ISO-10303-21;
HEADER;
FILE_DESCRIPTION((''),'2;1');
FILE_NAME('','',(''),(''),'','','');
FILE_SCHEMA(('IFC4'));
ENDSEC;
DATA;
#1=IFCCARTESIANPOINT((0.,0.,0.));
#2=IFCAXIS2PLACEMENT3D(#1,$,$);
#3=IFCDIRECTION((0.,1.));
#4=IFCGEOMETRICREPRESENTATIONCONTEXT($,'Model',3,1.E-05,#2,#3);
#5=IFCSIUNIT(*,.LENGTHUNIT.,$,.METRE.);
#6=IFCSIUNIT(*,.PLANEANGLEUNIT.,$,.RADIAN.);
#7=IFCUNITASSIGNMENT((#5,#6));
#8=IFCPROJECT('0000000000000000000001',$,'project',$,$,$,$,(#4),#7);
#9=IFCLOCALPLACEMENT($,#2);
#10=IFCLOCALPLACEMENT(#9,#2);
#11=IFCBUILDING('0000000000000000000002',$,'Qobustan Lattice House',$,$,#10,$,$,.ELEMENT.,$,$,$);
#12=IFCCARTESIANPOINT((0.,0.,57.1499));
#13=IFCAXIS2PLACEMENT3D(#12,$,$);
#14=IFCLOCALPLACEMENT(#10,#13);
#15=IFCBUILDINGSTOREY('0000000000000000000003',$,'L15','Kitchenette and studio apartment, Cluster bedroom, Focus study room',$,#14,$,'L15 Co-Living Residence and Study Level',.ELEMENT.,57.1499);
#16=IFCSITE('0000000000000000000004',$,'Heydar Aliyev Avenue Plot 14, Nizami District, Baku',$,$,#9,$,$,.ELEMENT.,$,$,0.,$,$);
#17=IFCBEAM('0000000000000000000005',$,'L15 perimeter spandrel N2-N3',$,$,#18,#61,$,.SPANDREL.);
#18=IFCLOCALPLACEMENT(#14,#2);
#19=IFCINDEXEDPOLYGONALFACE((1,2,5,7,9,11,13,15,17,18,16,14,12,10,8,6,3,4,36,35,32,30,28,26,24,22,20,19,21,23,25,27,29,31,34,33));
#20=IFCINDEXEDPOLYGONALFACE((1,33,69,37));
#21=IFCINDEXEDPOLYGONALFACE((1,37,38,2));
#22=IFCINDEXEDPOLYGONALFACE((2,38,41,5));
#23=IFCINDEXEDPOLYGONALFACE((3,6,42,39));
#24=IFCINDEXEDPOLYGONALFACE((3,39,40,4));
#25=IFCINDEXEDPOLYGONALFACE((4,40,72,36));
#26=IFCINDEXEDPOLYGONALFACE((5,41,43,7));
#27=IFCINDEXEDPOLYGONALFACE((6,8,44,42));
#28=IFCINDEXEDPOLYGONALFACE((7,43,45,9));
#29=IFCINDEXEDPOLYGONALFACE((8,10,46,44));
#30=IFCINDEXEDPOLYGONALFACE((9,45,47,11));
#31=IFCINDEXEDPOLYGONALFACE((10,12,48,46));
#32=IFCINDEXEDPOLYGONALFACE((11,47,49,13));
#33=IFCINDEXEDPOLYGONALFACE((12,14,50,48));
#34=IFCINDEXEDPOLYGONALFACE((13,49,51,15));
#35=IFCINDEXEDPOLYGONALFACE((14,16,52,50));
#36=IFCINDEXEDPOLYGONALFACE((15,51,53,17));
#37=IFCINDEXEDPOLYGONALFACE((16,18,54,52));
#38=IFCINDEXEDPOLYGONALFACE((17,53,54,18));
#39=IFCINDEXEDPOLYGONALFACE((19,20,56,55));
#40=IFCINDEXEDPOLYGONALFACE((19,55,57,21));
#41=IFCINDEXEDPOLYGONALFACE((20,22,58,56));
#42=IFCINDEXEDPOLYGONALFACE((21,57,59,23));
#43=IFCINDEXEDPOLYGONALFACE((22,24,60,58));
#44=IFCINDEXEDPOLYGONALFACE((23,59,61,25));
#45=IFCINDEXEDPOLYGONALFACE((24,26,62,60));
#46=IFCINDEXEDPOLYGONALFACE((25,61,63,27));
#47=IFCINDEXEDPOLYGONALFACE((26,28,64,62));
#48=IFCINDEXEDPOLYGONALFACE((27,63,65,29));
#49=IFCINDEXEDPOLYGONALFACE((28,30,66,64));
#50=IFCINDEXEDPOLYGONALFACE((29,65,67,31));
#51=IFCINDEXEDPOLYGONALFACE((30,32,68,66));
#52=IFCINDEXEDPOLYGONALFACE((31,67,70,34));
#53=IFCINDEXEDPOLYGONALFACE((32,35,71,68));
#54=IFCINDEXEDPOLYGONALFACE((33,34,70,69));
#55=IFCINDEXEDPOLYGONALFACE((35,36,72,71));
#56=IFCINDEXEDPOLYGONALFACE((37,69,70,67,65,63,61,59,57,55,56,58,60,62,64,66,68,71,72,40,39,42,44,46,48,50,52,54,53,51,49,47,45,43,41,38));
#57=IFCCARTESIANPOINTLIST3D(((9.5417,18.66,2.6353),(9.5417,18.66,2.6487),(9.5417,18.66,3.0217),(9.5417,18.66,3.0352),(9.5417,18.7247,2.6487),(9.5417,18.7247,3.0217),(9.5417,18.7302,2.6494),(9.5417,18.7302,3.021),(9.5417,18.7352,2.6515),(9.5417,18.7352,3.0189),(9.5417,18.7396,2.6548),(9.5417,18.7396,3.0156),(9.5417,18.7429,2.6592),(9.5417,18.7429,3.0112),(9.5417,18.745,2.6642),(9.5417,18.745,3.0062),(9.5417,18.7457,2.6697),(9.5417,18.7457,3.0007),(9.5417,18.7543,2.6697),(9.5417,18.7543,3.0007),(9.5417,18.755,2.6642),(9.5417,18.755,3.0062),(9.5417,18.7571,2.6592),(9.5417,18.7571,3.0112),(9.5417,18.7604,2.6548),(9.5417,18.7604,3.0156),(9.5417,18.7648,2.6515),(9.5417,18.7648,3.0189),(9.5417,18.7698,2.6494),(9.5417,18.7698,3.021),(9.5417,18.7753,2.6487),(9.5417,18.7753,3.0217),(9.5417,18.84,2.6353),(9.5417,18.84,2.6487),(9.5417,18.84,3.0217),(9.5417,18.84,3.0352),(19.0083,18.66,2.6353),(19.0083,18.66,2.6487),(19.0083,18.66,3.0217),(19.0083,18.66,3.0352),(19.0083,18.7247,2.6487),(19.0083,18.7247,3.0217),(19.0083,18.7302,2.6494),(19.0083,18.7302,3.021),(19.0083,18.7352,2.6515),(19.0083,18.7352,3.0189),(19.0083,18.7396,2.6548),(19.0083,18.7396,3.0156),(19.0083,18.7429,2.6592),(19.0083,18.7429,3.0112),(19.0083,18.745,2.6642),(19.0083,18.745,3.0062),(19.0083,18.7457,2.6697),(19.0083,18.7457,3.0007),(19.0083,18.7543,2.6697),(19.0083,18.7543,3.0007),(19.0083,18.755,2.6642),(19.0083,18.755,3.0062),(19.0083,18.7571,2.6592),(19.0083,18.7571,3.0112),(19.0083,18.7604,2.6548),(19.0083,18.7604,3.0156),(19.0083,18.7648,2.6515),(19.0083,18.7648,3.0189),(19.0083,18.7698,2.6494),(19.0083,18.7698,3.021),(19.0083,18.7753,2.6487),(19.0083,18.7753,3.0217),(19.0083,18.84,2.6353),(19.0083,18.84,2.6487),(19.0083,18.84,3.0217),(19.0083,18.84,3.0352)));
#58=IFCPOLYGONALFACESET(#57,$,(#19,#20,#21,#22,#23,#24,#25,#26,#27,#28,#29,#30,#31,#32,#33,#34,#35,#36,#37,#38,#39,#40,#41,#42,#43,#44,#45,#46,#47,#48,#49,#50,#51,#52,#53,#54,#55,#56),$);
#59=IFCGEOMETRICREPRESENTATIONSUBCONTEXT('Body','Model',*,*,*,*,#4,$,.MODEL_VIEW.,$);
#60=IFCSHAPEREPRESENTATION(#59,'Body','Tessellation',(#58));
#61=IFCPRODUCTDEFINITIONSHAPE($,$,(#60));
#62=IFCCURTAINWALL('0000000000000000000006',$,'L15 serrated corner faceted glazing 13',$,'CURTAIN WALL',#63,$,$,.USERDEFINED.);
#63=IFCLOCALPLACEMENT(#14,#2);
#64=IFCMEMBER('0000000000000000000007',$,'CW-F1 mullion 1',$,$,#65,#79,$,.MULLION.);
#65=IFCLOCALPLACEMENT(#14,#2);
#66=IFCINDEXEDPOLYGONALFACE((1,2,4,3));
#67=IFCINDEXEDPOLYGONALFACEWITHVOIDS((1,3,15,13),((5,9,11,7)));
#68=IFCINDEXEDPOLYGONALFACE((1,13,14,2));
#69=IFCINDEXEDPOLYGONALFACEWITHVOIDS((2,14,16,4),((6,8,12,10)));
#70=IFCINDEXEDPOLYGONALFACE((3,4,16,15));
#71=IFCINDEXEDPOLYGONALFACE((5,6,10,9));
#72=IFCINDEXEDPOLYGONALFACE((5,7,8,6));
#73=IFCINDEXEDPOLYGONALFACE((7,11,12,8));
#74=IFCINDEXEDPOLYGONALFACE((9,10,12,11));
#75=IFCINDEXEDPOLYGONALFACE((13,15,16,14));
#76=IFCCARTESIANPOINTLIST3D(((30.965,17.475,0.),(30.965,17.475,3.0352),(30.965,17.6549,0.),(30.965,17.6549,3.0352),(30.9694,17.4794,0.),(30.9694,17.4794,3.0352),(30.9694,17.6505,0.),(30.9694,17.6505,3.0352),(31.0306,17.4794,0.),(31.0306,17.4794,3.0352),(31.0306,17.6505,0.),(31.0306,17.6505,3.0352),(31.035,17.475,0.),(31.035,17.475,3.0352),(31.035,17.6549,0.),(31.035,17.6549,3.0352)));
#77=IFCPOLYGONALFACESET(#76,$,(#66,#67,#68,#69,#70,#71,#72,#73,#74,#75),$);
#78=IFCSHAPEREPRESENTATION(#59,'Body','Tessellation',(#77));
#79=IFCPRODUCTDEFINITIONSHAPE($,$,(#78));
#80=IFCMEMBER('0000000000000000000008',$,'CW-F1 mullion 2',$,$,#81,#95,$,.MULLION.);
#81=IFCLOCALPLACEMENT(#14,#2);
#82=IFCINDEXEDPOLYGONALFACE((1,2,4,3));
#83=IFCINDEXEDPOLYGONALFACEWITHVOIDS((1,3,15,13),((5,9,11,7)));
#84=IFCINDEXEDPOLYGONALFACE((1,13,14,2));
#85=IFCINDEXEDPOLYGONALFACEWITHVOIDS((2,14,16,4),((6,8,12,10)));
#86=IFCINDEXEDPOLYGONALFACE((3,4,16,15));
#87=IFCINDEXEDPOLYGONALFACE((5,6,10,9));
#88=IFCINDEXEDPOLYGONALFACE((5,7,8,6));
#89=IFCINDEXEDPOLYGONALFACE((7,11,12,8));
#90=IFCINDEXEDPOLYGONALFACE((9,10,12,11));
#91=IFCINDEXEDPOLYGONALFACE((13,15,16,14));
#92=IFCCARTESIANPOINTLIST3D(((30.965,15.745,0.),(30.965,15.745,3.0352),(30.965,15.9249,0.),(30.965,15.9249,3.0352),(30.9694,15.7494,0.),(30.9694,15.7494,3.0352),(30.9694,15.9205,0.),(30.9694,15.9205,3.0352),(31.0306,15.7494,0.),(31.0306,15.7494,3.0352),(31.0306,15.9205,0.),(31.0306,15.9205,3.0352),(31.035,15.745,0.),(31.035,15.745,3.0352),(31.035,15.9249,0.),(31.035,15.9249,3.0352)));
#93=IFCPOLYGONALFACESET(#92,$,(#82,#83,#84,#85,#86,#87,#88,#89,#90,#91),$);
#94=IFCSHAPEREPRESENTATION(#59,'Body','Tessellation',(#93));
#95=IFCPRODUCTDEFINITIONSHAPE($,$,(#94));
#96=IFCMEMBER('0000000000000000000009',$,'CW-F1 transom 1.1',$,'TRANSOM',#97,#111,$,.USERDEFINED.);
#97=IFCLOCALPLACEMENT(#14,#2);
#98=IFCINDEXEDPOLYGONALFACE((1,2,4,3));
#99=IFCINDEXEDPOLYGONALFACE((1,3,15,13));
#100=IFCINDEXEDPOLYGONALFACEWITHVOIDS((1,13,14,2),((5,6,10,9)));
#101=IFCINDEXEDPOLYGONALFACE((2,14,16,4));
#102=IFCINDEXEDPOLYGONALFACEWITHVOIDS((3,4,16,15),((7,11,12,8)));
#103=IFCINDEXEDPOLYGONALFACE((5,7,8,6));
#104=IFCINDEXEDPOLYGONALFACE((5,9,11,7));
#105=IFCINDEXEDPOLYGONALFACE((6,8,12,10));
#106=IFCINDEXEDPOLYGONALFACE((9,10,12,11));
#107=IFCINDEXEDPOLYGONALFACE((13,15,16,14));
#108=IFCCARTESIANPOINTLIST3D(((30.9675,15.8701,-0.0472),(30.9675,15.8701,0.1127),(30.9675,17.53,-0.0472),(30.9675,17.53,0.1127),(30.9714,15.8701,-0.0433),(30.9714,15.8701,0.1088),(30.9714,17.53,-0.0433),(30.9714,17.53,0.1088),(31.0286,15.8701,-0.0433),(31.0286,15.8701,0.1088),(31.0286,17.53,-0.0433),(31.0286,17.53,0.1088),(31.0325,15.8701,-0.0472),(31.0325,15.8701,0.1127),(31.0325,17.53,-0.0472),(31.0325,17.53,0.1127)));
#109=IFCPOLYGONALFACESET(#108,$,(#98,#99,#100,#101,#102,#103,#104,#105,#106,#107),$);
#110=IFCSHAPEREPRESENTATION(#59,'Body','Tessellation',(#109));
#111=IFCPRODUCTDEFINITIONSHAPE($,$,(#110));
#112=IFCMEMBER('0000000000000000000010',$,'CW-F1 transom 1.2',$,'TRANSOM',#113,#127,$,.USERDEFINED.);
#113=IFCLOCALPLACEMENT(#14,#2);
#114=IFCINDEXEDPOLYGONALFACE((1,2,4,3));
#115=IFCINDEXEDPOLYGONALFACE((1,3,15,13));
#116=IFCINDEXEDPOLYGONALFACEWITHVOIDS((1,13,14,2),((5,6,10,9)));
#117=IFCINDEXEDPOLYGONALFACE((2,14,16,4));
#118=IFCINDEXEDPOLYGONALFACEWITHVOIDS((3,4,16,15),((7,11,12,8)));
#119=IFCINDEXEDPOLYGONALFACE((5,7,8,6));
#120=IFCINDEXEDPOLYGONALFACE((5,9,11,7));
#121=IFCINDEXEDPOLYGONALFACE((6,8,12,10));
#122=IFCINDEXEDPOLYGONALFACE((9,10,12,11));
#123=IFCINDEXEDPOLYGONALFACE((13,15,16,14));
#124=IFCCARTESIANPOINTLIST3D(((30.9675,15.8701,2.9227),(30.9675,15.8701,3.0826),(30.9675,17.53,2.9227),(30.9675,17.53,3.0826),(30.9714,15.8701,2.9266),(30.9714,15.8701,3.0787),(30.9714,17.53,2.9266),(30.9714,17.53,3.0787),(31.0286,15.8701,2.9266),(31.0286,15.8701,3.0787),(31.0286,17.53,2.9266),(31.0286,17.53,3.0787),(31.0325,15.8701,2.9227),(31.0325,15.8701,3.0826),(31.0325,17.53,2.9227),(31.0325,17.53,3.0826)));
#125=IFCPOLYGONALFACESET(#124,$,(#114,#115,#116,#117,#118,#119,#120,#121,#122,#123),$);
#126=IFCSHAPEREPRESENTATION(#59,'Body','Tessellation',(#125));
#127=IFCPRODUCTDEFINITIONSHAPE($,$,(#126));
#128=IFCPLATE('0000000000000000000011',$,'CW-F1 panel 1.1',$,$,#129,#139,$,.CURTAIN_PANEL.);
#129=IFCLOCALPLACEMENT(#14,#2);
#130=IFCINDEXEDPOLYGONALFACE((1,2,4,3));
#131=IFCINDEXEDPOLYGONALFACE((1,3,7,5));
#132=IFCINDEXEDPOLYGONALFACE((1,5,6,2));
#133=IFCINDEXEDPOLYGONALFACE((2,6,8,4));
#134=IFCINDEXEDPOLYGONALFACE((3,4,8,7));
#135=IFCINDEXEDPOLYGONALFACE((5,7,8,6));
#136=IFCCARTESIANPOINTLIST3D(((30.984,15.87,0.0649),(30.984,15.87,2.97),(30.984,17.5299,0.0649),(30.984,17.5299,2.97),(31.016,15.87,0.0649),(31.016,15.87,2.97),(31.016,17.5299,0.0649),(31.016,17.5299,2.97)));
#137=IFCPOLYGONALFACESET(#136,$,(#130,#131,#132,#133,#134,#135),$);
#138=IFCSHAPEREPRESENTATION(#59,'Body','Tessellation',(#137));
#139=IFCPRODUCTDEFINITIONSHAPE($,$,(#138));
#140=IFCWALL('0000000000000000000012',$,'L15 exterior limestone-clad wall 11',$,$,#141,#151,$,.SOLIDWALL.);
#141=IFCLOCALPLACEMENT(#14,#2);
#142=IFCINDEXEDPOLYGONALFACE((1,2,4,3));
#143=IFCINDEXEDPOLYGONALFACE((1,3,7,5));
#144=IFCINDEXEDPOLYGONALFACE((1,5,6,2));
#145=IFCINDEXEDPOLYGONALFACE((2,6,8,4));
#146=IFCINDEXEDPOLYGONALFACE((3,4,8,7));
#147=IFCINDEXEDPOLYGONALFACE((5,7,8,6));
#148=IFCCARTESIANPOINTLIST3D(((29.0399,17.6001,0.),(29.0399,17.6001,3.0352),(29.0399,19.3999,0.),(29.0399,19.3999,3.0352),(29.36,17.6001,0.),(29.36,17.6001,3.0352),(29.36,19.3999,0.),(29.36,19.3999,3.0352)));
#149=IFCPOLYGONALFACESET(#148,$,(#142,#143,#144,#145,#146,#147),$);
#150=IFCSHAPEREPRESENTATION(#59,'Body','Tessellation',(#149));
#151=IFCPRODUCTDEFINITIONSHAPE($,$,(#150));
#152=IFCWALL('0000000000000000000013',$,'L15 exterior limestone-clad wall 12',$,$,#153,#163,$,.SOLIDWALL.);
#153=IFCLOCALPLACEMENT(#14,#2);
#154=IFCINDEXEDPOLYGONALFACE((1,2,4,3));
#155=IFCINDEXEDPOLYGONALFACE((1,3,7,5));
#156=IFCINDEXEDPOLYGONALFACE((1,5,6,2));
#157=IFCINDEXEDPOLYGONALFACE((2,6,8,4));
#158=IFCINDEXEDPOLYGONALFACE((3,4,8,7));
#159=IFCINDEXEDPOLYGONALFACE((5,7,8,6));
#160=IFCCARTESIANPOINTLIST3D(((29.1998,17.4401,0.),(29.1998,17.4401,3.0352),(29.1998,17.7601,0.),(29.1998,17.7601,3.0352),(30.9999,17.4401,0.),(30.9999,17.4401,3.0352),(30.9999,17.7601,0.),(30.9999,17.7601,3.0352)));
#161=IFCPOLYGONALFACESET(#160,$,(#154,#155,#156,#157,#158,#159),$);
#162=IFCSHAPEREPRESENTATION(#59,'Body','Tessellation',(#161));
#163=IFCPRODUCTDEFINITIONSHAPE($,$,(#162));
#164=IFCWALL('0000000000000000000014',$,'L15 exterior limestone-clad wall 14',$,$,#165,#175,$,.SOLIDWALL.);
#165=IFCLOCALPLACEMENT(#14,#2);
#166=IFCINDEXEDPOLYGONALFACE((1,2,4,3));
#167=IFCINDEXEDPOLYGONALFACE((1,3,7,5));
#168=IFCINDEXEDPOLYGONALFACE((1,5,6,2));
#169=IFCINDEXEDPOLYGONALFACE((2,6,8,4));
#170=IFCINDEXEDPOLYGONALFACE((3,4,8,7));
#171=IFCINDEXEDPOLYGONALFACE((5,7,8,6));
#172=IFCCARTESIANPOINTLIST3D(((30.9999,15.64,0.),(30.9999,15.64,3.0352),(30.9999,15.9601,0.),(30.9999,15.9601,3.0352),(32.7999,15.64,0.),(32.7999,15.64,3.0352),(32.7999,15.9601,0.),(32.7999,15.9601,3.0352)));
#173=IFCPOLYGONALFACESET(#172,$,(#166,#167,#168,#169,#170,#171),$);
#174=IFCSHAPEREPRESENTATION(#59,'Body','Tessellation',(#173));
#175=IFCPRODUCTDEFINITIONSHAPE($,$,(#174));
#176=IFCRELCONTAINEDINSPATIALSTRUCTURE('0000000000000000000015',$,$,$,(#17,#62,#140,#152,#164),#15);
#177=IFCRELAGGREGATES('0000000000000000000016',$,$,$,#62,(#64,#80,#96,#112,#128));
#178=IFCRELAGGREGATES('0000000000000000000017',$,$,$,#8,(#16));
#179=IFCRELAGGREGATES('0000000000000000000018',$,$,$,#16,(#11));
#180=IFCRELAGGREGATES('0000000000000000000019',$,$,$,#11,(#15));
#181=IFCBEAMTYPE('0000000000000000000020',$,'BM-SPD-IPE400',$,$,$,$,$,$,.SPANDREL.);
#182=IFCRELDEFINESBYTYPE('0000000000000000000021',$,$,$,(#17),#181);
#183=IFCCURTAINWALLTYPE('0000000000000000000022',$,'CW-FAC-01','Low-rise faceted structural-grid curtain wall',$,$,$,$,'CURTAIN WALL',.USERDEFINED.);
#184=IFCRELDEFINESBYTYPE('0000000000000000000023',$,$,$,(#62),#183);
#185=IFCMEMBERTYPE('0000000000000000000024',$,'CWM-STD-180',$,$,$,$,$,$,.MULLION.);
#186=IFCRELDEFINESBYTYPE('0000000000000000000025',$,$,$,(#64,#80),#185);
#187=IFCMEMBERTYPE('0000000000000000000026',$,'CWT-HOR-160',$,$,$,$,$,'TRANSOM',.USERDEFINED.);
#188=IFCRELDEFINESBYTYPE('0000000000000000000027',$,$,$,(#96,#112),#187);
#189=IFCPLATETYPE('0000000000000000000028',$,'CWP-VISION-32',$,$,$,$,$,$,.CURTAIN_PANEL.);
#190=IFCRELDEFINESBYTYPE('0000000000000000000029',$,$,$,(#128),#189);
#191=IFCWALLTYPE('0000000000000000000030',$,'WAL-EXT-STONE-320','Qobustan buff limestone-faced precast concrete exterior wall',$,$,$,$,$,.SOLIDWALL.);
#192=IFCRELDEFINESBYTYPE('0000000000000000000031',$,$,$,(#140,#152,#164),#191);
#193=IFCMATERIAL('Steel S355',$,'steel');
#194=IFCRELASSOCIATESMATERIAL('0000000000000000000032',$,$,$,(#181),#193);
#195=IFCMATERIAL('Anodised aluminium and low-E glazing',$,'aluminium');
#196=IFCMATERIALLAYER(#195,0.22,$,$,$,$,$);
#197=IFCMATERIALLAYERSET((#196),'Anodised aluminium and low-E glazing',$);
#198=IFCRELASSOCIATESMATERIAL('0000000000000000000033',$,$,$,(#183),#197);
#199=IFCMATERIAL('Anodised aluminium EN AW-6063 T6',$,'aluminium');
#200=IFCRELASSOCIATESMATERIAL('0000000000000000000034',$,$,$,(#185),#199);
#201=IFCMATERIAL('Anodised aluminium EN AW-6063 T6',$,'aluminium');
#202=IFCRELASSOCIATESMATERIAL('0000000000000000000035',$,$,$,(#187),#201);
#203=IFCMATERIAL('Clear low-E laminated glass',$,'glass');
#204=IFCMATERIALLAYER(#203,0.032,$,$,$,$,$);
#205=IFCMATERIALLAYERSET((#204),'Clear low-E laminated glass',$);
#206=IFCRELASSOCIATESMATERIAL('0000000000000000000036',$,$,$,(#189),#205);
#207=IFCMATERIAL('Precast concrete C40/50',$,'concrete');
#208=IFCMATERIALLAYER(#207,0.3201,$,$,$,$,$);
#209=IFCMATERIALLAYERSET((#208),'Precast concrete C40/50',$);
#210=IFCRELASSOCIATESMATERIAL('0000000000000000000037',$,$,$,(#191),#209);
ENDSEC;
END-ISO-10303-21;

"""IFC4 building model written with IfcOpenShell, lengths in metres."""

from ifc_helpers import new_model, si_unit, direction, frame, frame_2d, origin, origin_2d, place, context, subcontext, project, spatial, rectangle, hollow_rectangle, i_section, extrude, material, layer, layer_set, material_profile, profile_set, type_object, element, aggregate, save


model = new_model("IFC4")

# Units and contexts
model_context = context("Model", 3, precision=1e-05, world=origin(), true_north=direction((0.0, 1.0)))
body_context = subcontext(model_context, "Body", "Model", "MODEL_VIEW")
ifc_project = project(units=[si_unit("LENGTHUNIT", "METRE"), si_unit("PLANEANGLEUNIT", "RADIAN")], contexts=[model_context])

# Site, building, storey
site_placement = place(None, origin())
site = spatial("IfcSite", under=ifc_project, at=site_placement, Name="Heydar Aliyev Avenue Plot 14, Nizami District, Baku", CompositionType="ELEMENT", RefElevation=0.0)
building_placement = place(site_placement, origin())
building = spatial("IfcBuilding", under=site, at=building_placement, Name="Qobustan Lattice House", CompositionType="ELEMENT")
storey_placement = place(building_placement, frame((0.0, 0.0, 57.1499)))
storey = spatial("IfcBuildingStorey", under=building, at=storey_placement, Name="L15", Description="Kitchenette and studio apartment, Cluster bedroom, Focus study room", LongName="L15 Co-Living Residence and Study Level", CompositionType="ELEMENT", Elevation=57.1499)

# Beam
ifc_material_1 = material(Name="Steel S355", Category="steel")
ifc_material_profile_1 = material_profile(ifc_material_1, i_section(OverallWidth=0.1799, OverallDepth=0.3999, WebThickness=0.0085, FlangeThickness=0.0134, FilletRadius=0.021, at=origin_2d()), Name="IPE400")
ifc_profile_set_1 = profile_set([ifc_material_profile_1], Name="Steel S355")
beam_type_1 = type_object("IfcBeamType", Name="BM-SPD-IPE400", PredefinedType="SPANDREL", material=ifc_profile_set_1)
for number, where, z_axis, x_axis, name in (
    (1, (19.0083, 18.75, 2.8352), (-1.0, 0.0, 0.0), (0.0, -1.0, 0.0), "L15 perimeter spandrel N2-N3"),
):
    element("IfcBeam", number, at=place(storey_placement, frame(where, z_axis=z_axis, x_axis=x_axis)), inside=storey, type_object=beam_type_1, Name=name, PredefinedType="SPANDREL", context=body_context, shape_type="SweptSolid", body=[
        extrude(i_section(OverallWidth=0.1799, OverallDepth=0.3999, WebThickness=0.0085, FlangeThickness=0.0134, FilletRadius=0.021, at=origin_2d()), origin(), (0.0, 0.0, 1.0), 9.4666),
    ])

# Curtain wall, members, plate
ifc_material_2 = material(Name="Anodised aluminium and low-E glazing", Category="aluminium")
ifc_layer_1 = layer(ifc_material_2, 0.22)
ifc_layer_set_1 = layer_set([ifc_layer_1], Name="Anodised aluminium and low-E glazing")
curtain_wall_type = type_object("IfcCurtainWallType", Name="CW-FAC-01", Description="Low-rise faceted structural-grid curtain wall", ElementType="CURTAIN WALL", PredefinedType="USERDEFINED", material=ifc_layer_set_1)
curtain_wall_placement = place(storey_placement, origin())
curtain_wall = element("IfcCurtainWall", 2, at=curtain_wall_placement, inside=storey, type_object=curtain_wall_type, Name="L15 serrated corner faceted glazing 13", ObjectType="CURTAIN WALL", PredefinedType="USERDEFINED")
ifc_material_3 = material(Name="Anodised aluminium EN AW-6063 T6", Category="aluminium")
ifc_material_profile_2 = material_profile(ifc_material_3, hollow_rectangle(XDim=0.0701, YDim=0.1799, WallThickness=0.0044, at=origin_2d()), Name="CWM-180x70")
ifc_profile_set_2 = profile_set([ifc_material_profile_2], Name="Anodised aluminium EN AW-6063 T6")
member_type_1 = type_object("IfcMemberType", Name="CWM-STD-180", PredefinedType="MULLION", material=ifc_profile_set_2)
member_1_placement = place(storey_placement, frame((31.0, 17.5649, 0.0), z_axis=(0.0, 0.0, 1.0), x_axis=(1.0, 0.0, 0.0)))
member_1 = element("IfcMember", 3, at=member_1_placement, type_object=member_type_1, Name="CW-F1 mullion 1", PredefinedType="MULLION", context=body_context, shape_type="SweptSolid", body=[
    extrude(hollow_rectangle(XDim=0.0701, YDim=0.1799, WallThickness=0.0044, at=origin_2d()), origin(), (0.0, 0.0, 1.0), 3.0352),
])
member_2_placement = place(storey_placement, frame((31.0, 15.835, 0.0), z_axis=(0.0, 0.0, 1.0), x_axis=(1.0, 0.0, 0.0)))
member_2 = element("IfcMember", 4, at=member_2_placement, type_object=member_type_1, Name="CW-F1 mullion 2", PredefinedType="MULLION", context=body_context, shape_type="SweptSolid", body=[
    extrude(hollow_rectangle(XDim=0.0701, YDim=0.1799, WallThickness=0.0044, at=origin_2d()), origin(), (0.0, 0.0, 1.0), 3.0352),
])
ifc_material_4 = material(Name="Anodised aluminium EN AW-6063 T6", Category="aluminium")
ifc_material_profile_3 = material_profile(ifc_material_4, hollow_rectangle(XDim=0.0649, YDim=0.1599, WallThickness=0.0039, at=origin_2d()), Name="CWT-160x65")
ifc_profile_set_3 = profile_set([ifc_material_profile_3], Name="Anodised aluminium EN AW-6063 T6")
member_type_2 = type_object("IfcMemberType", Name="CWT-HOR-160", ElementType="TRANSOM", PredefinedType="USERDEFINED", material=ifc_profile_set_3)
member_3_placement = place(storey_placement, frame((31.0, 17.53, 0.0327), z_axis=(0.0, -1.0, 0.0), x_axis=(1.0, 0.0, 0.0)))
member_3 = element("IfcMember", 5, at=member_3_placement, type_object=member_type_2, Name="CW-F1 transom 1.1", ObjectType="TRANSOM", PredefinedType="USERDEFINED", context=body_context, shape_type="SweptSolid", body=[
    extrude(hollow_rectangle(XDim=0.0649, YDim=0.1599, WallThickness=0.0039, at=origin_2d()), origin(), (0.0, 0.0, 1.0), 1.6599),
])
member_4_placement = place(storey_placement, frame((31.0, 17.53, 3.0027), z_axis=(0.0, -1.0, 0.0), x_axis=(1.0, 0.0, 0.0)))
member_4 = element("IfcMember", 6, at=member_4_placement, type_object=member_type_2, Name="CW-F1 transom 1.2", ObjectType="TRANSOM", PredefinedType="USERDEFINED", context=body_context, shape_type="SweptSolid", body=[
    extrude(hollow_rectangle(XDim=0.0649, YDim=0.1599, WallThickness=0.0039, at=origin_2d()), origin(), (0.0, 0.0, 1.0), 1.6599),
])
ifc_material_5 = material(Name="Clear low-E laminated glass", Category="glass")
ifc_layer_2 = layer(ifc_material_5, 0.032)
ifc_layer_set_2 = layer_set([ifc_layer_2], Name="Clear low-E laminated glass")
plate_type = type_object("IfcPlateType", Name="CWP-VISION-32", PredefinedType="CURTAIN_PANEL", material=ifc_layer_set_2)
plate_placement = place(storey_placement, frame((31.0, 16.7, 0.0649), z_axis=(0.0, 0.0, 1.0), x_axis=(0.0, -1.0, 0.0)))
plate = element("IfcPlate", 7, at=plate_placement, type_object=plate_type, Name="CW-F1 panel 1.1", PredefinedType="CURTAIN_PANEL", context=body_context, shape_type="SweptSolid", body=[
    extrude(rectangle(XDim=1.6599, YDim=0.032, at=origin_2d()), origin(), (0.0, 0.0, 1.0), 2.905),
])
aggregate(curtain_wall, [member_1, member_2, member_3, member_4, plate])

# Walls
ifc_material_6 = material(Name="Precast concrete C40/50", Category="concrete")
ifc_layer_3 = layer(ifc_material_6, 0.3201)
ifc_layer_set_3 = layer_set([ifc_layer_3], Name="Precast concrete C40/50")
wall_type_1 = type_object("IfcWallType", Name="WAL-EXT-STONE-320", Description="Qobustan buff limestone-faced precast concrete exterior wall", PredefinedType="SOLIDWALL", material=ifc_layer_set_3)
wall_1_placement = place(storey_placement, frame((29.2, 19.3999, 0.0), z_axis=(0.0, 0.0, 1.0), x_axis=(0.0, -1.0, 0.0)))
element("IfcWall", 8, at=wall_1_placement, inside=storey, type_object=wall_type_1, Name="L15 exterior limestone-clad wall 11", PredefinedType="SOLIDWALL", context=body_context, shape_type="SweptSolid", body=[
    extrude(rectangle(XDim=1.7998, YDim=0.3201, at=frame_2d((0.8999, 0.0))), origin(), (0.0, 0.0, 1.0), 3.0352),
])
for number, where, z_axis, x_axis, name in (
    (9, (29.2, 17.6001, 0.0), (0.0, 0.0, 1.0), (1.0, 0.0, 0.0), "L15 exterior limestone-clad wall 12"),
    (10, (31.0, 15.8, 0.0), (0.0, 0.0, 1.0), (1.0, 0.0, 0.0), "L15 exterior limestone-clad wall 14"),
):
    element("IfcWall", number, at=place(storey_placement, frame(where, z_axis=z_axis, x_axis=x_axis)), inside=storey, type_object=wall_type_1, Name=name, PredefinedType="SOLIDWALL", context=body_context, shape_type="SweptSolid", body=[
        extrude(rectangle(XDim=1.8, YDim=0.3201, at=frame_2d((0.8999, 0.0))), origin(), (0.0, 0.0, 1.0), 3.0352),
    ])

save(model, "model.ifc")
